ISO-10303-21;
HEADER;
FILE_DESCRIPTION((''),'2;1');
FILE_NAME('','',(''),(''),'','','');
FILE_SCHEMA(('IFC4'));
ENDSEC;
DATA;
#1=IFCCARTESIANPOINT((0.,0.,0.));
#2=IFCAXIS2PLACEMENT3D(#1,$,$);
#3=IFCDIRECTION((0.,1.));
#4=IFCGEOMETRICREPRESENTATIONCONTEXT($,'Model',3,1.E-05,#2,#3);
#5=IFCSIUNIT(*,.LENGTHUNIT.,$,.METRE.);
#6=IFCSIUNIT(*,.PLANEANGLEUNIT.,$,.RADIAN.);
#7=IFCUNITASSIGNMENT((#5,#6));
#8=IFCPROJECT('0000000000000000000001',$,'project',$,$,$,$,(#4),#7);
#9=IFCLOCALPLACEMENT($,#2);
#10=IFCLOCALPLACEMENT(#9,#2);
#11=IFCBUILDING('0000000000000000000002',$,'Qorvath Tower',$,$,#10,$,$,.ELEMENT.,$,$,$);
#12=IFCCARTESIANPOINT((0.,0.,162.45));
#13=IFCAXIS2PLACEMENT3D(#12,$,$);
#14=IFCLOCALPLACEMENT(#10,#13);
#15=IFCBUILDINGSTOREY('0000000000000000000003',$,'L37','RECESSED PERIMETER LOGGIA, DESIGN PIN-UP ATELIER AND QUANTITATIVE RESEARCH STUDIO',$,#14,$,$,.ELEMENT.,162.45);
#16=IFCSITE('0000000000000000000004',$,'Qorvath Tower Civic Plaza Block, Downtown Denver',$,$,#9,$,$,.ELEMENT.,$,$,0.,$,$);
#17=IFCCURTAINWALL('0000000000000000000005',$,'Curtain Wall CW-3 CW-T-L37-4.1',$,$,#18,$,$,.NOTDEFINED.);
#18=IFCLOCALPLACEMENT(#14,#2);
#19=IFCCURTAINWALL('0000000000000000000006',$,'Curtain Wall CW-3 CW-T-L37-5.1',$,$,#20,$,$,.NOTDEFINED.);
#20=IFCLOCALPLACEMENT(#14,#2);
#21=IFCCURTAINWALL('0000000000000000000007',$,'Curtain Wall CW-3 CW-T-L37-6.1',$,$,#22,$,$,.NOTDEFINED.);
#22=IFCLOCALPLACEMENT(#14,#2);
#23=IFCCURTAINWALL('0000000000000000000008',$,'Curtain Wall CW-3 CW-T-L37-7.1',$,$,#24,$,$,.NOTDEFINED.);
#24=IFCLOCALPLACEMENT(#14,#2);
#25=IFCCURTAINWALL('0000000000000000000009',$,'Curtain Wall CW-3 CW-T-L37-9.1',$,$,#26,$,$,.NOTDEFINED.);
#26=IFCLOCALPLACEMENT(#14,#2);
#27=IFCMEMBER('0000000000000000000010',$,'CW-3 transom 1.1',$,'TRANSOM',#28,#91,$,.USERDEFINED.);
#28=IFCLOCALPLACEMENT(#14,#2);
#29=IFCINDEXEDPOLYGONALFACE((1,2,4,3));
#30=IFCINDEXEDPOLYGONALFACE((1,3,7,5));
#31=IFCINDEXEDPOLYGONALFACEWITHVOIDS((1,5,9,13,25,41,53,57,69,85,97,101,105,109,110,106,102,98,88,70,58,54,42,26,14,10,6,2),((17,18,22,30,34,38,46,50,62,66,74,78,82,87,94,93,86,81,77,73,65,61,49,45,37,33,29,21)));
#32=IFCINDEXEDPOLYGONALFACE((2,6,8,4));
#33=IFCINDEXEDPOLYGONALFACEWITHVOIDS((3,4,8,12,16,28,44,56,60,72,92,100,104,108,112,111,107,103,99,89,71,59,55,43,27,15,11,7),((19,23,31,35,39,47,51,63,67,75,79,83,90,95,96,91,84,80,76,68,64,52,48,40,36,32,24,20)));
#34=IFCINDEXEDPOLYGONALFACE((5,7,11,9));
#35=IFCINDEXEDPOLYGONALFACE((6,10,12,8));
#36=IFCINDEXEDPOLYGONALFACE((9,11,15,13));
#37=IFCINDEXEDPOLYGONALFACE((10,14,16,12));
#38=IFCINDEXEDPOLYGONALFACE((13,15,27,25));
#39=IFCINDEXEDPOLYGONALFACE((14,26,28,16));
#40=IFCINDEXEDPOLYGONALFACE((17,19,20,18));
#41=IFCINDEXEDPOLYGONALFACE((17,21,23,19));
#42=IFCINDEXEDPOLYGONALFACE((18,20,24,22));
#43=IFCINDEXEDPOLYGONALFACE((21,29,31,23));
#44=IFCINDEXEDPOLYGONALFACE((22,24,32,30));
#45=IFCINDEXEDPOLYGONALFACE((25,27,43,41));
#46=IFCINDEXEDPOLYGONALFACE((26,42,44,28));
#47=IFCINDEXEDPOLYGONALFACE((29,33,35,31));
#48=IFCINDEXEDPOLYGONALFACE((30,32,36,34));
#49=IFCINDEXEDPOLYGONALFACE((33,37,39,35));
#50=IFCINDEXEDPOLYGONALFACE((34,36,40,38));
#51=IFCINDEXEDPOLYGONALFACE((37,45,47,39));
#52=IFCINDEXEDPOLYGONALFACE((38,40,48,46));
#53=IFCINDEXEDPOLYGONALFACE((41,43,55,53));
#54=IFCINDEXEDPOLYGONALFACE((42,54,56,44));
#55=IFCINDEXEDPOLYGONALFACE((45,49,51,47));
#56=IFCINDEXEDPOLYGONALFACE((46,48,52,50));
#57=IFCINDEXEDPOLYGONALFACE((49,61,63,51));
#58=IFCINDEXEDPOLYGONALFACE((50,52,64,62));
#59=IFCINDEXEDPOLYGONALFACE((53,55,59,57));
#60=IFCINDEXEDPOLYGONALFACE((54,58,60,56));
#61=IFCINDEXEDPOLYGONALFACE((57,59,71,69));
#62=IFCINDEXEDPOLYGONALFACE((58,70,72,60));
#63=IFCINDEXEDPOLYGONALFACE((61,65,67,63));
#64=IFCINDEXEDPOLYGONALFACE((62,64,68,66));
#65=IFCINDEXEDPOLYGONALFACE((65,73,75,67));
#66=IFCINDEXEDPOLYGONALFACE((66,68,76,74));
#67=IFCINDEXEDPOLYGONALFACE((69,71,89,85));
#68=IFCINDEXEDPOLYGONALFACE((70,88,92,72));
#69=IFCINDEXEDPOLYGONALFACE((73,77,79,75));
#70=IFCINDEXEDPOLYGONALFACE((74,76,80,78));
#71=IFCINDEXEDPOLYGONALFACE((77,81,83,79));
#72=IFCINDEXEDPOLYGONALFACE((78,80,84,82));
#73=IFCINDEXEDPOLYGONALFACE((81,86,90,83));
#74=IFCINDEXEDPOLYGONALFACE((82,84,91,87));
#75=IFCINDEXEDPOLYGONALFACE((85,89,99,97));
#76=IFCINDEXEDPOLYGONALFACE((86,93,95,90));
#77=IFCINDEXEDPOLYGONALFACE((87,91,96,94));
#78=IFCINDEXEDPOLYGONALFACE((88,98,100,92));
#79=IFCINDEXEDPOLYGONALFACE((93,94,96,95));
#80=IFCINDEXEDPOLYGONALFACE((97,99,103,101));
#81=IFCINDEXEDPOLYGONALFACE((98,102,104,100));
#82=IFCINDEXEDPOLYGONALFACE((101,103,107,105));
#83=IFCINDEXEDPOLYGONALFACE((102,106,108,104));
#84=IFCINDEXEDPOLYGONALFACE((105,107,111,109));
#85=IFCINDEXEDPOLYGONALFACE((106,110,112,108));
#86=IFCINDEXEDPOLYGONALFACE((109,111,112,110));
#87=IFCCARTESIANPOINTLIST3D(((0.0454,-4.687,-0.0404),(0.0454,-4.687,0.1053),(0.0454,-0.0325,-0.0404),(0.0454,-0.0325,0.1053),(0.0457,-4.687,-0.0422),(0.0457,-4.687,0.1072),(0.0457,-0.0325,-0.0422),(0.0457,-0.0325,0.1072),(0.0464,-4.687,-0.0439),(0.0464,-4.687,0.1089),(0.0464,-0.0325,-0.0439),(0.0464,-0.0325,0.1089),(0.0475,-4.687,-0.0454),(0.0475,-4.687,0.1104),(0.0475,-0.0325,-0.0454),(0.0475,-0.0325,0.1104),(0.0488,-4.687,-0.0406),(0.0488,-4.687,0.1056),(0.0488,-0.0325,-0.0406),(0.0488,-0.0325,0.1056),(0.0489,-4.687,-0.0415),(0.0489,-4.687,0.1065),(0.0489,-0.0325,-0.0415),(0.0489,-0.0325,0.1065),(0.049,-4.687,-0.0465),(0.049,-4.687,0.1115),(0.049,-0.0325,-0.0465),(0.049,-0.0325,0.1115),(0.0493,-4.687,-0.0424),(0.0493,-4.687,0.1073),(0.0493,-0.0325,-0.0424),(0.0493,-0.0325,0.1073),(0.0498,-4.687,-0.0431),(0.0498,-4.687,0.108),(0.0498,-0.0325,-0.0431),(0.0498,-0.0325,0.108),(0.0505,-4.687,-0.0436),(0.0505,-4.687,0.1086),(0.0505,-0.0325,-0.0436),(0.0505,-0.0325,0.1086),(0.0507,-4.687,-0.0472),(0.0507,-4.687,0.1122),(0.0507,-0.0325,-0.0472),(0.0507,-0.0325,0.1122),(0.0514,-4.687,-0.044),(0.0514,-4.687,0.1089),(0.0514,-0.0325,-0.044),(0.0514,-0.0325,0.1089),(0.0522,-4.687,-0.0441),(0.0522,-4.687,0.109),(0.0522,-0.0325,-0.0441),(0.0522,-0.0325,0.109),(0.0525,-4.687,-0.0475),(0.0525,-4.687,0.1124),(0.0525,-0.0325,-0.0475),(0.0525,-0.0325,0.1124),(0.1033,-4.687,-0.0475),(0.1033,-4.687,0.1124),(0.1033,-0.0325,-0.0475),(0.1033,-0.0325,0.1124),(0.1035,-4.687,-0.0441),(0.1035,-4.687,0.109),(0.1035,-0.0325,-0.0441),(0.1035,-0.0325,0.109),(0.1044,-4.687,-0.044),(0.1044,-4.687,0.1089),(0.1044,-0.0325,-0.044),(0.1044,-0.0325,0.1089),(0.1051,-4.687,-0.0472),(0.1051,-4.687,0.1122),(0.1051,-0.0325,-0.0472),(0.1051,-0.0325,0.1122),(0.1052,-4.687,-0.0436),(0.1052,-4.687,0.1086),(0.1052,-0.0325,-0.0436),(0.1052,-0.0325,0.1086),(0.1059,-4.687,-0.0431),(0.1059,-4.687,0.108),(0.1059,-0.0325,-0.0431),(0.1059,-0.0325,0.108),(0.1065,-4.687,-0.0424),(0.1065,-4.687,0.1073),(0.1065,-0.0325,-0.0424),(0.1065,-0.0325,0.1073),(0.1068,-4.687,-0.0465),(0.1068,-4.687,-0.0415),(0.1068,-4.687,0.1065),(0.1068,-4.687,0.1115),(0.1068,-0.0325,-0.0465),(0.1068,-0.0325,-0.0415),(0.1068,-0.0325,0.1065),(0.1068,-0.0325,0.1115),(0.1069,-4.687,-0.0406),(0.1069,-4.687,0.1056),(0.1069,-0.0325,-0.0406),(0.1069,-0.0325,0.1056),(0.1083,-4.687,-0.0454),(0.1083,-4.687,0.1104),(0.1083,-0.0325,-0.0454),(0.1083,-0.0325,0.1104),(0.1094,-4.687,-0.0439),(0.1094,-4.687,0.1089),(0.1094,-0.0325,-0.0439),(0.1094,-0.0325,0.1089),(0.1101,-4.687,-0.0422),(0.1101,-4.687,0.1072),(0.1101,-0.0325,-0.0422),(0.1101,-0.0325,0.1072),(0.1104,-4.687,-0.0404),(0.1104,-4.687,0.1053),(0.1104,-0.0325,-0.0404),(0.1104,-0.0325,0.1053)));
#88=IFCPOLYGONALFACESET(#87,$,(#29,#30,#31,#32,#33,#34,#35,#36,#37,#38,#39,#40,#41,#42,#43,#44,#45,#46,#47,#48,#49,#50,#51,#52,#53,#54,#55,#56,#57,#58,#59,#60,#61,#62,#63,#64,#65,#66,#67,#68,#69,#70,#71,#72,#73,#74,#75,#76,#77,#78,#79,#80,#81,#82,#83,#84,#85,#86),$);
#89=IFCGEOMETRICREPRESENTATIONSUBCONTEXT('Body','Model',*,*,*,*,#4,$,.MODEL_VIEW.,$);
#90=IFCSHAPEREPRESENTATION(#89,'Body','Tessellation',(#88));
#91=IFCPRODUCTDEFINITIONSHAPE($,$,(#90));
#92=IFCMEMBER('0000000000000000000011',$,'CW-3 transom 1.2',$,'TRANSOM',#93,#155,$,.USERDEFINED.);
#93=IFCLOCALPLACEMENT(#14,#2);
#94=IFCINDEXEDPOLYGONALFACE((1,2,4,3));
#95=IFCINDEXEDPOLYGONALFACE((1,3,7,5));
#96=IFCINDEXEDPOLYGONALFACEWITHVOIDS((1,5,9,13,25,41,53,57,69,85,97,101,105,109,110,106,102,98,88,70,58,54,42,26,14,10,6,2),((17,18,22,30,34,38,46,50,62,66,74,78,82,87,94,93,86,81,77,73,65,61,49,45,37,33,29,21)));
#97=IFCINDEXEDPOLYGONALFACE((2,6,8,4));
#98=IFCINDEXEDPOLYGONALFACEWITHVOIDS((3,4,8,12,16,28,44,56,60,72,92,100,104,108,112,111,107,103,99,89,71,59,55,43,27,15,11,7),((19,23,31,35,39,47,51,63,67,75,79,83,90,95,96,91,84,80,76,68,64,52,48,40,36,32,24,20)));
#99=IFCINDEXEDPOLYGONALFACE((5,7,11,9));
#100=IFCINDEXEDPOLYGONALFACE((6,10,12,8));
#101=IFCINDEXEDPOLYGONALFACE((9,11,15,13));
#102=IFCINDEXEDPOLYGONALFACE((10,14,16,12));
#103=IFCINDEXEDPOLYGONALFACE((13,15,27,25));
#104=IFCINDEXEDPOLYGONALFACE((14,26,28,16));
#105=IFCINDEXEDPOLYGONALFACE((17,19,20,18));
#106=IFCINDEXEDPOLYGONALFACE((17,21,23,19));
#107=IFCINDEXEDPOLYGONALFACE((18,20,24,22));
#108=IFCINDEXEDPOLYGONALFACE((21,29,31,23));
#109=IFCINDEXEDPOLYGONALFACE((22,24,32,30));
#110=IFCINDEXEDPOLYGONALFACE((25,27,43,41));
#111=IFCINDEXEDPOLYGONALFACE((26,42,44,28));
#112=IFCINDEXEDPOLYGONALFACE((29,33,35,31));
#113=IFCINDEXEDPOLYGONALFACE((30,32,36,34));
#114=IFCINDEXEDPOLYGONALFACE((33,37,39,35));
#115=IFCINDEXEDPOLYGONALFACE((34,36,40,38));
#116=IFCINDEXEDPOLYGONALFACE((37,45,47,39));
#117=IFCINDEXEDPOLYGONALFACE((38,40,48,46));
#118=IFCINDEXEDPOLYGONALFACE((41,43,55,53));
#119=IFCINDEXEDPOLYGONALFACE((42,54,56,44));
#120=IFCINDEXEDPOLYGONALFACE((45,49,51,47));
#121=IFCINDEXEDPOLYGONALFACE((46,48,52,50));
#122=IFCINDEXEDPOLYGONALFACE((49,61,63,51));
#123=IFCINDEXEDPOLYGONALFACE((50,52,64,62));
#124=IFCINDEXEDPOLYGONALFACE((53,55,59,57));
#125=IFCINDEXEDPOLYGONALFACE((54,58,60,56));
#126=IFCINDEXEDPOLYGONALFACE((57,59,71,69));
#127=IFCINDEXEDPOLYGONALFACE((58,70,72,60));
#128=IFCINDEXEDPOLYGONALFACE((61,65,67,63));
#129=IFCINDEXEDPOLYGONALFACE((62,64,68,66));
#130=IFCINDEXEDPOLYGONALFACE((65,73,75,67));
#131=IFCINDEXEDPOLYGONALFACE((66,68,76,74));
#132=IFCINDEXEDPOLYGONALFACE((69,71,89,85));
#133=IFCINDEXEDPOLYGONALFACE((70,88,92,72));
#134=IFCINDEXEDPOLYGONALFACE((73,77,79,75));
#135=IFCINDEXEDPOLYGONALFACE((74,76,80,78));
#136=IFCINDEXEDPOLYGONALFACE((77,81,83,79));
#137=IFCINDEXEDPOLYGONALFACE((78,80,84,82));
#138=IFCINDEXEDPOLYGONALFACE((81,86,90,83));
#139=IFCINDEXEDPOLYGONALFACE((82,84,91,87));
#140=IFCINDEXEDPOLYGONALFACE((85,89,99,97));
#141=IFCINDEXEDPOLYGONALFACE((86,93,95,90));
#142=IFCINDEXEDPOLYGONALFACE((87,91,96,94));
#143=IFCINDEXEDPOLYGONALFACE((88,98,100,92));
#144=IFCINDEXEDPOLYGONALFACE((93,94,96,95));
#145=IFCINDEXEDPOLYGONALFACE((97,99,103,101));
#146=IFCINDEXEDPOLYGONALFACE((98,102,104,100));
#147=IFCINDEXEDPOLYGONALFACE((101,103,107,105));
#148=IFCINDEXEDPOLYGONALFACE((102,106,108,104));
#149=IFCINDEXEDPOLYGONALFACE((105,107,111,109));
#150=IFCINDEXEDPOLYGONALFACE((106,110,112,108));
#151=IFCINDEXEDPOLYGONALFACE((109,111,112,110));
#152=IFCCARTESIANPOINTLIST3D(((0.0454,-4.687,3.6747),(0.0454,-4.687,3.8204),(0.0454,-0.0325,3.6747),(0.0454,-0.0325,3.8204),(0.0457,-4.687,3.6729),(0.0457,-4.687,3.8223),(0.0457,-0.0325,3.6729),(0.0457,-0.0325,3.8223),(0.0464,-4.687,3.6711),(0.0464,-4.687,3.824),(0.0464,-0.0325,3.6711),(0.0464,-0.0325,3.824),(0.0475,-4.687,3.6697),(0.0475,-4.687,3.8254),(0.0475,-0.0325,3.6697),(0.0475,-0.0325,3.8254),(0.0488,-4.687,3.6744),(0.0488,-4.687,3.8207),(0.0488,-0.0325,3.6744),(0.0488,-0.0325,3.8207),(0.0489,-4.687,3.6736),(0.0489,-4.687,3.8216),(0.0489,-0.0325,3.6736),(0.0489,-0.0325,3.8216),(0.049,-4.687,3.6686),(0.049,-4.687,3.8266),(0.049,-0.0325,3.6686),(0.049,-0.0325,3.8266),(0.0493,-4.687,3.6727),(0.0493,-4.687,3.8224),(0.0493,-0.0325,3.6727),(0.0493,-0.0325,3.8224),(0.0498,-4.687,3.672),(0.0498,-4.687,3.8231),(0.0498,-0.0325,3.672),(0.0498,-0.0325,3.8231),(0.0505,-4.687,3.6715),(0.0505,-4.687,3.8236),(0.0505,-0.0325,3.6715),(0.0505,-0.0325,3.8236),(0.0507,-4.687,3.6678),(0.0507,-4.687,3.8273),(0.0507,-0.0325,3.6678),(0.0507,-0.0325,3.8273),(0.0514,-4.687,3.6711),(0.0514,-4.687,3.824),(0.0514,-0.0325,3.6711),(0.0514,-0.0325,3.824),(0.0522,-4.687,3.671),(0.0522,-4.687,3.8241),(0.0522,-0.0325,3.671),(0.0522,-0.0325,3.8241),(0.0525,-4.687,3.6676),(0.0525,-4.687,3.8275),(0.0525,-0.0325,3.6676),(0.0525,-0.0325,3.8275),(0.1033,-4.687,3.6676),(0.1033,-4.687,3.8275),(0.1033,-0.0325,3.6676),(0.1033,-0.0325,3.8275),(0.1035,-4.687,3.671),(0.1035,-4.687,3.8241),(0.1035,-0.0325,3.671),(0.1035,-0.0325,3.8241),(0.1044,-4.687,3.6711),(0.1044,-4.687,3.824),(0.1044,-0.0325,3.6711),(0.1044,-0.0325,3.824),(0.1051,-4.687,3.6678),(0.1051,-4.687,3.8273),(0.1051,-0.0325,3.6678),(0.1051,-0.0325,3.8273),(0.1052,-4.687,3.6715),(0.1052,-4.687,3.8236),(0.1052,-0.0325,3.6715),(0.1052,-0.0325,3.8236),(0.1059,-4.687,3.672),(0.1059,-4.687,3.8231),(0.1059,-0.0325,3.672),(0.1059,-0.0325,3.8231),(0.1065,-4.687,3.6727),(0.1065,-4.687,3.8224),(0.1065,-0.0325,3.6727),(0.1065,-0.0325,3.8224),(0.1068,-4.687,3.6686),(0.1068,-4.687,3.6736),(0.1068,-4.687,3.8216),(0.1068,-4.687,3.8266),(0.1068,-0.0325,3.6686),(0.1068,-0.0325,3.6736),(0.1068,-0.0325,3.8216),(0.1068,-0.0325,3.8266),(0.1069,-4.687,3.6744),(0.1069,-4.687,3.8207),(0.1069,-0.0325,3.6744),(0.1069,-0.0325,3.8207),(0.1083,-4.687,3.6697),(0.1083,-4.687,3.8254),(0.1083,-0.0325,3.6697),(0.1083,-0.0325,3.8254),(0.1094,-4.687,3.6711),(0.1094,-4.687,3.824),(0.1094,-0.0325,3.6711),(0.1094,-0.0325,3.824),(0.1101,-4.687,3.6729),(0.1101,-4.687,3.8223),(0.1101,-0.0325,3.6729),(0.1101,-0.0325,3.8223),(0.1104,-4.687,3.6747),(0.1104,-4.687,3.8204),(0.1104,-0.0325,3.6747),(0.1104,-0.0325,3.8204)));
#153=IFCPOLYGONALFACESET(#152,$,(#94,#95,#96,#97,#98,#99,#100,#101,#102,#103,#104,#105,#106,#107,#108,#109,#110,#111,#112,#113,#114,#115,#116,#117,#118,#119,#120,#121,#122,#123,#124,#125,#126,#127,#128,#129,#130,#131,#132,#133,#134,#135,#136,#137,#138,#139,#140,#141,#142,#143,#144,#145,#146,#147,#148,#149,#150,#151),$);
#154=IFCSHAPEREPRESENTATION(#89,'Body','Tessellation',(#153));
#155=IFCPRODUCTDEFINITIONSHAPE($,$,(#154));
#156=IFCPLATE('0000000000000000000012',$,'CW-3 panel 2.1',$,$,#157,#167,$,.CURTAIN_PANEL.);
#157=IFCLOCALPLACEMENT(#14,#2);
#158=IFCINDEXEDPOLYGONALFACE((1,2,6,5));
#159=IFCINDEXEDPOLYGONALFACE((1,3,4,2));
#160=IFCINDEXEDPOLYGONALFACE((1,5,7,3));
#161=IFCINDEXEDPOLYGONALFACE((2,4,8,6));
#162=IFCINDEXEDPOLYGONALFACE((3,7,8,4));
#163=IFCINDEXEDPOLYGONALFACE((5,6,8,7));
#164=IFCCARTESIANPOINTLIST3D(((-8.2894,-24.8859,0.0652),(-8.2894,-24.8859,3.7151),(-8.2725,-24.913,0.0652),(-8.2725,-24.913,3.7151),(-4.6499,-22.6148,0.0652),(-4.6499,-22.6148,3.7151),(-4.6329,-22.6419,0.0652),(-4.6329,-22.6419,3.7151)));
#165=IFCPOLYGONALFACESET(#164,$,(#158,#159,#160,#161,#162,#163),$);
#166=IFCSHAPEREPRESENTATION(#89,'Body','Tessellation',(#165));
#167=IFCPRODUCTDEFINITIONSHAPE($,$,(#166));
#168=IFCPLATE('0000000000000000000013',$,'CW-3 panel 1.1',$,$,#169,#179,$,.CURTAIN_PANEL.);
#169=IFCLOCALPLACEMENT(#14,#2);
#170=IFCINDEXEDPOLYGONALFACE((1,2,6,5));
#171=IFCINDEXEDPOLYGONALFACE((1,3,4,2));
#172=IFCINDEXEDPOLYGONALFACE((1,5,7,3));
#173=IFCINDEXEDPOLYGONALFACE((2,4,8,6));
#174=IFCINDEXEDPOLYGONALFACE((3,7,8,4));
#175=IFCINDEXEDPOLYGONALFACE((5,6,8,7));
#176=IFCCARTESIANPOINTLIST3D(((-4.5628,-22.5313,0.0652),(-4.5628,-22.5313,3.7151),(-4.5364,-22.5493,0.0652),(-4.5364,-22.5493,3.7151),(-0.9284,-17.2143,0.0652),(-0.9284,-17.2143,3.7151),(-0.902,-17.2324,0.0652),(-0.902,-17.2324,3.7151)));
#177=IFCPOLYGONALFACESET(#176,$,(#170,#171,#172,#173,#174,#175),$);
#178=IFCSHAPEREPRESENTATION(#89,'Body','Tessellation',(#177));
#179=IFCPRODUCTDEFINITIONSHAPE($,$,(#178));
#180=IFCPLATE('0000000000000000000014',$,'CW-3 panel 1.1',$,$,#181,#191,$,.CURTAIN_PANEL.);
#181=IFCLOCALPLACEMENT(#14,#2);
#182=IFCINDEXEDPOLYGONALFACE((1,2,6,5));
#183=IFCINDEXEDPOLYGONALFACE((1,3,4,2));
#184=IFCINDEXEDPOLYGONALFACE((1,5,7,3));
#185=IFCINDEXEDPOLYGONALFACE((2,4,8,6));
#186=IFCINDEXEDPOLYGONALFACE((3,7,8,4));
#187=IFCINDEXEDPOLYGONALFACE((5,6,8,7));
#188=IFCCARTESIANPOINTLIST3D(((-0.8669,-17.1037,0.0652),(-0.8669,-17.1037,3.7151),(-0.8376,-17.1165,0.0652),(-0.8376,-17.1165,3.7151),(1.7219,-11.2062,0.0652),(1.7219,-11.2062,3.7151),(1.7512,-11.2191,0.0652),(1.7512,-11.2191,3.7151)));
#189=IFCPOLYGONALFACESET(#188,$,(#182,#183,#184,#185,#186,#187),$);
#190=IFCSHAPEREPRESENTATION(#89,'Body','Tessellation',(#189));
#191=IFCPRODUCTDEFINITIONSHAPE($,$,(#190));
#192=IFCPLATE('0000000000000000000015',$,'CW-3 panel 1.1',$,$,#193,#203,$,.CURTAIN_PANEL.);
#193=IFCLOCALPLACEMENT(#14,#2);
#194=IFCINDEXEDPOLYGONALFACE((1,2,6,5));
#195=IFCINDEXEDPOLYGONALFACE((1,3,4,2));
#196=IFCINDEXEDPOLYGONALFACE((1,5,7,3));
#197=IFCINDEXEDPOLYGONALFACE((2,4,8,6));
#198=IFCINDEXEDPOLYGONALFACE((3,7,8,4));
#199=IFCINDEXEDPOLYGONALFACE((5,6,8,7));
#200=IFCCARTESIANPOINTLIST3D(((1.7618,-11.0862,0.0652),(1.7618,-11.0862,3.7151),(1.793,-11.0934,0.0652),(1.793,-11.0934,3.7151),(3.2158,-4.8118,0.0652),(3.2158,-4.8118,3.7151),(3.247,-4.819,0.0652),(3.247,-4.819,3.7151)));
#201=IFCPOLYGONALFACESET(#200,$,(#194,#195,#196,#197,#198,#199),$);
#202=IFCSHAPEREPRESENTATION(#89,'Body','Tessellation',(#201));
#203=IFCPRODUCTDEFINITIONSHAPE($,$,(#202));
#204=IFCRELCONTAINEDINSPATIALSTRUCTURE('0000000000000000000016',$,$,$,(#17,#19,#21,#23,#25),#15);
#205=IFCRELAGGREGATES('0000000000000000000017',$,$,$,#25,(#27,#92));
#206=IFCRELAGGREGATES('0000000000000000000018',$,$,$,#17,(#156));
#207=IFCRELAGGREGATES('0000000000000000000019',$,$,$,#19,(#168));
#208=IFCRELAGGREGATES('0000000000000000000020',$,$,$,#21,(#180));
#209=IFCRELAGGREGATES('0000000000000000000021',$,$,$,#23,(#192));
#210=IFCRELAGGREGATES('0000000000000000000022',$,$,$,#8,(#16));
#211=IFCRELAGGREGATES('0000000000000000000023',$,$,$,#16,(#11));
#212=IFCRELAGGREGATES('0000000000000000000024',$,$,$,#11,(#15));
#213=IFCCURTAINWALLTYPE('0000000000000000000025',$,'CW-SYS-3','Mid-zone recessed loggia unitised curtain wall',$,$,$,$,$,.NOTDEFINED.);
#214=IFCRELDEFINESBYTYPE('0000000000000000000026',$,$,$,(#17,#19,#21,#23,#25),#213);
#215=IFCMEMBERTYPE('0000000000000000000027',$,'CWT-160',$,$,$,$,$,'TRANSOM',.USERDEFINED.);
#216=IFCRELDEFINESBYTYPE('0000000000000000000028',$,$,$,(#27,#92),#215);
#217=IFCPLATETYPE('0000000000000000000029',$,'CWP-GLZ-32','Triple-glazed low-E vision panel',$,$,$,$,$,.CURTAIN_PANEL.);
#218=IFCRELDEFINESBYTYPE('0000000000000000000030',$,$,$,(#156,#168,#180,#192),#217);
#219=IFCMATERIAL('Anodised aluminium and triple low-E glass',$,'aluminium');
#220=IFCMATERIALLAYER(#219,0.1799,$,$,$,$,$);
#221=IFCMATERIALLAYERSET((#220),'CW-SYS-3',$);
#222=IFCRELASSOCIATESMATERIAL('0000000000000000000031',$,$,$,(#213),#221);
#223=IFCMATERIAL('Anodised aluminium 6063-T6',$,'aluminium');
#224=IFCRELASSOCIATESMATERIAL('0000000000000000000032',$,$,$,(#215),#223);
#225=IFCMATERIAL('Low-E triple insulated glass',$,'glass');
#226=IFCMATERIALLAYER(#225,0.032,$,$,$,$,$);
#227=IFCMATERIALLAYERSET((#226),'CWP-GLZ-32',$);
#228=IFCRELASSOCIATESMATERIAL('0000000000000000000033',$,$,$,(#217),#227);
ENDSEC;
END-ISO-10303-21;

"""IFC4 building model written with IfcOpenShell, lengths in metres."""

from ifc_helpers import new_model, si_unit, direction, frame, origin, origin_2d, place, context, subcontext, project, spatial, rectangle, hollow_rectangle, extrude, material, layer, layer_set, material_profile, profile_set, type_object, element, aggregate, save


model = new_model("IFC4")

# Units and contexts
model_context = context("Model", 3, precision=1e-05, world=origin(), true_north=direction((0.0, 1.0)))
body_context = subcontext(model_context, "Body", "Model", "MODEL_VIEW")
ifc_project = project(units=[si_unit("LENGTHUNIT", "METRE"), si_unit("PLANEANGLEUNIT", "RADIAN")], contexts=[model_context])

# Site, building, storey
site_placement = place(None, origin())
site = spatial("IfcSite", under=ifc_project, at=site_placement, Name="Qorvath Tower Civic Plaza Block, Downtown Denver", CompositionType="ELEMENT", RefElevation=0.0)
building_placement = place(site_placement, origin())
building = spatial("IfcBuilding", under=site, at=building_placement, Name="Qorvath Tower", CompositionType="ELEMENT")
storey_placement = place(building_placement, frame((0.0, 0.0, 162.45)))
storey = spatial("IfcBuildingStorey", under=building, at=storey_placement, Name="L37", Description="RECESSED PERIMETER LOGGIA, DESIGN PIN-UP ATELIER AND QUANTITATIVE RESEARCH STUDIO", CompositionType="ELEMENT", Elevation=162.45)

# Curtain wall
ifc_material_1 = material(Name="Anodised aluminium and triple low-E glass", Category="aluminium")
ifc_layer_1 = layer(ifc_material_1, 0.1799)
ifc_layer_set_1 = layer_set([ifc_layer_1], Name="CW-SYS-3")
curtain_wall_type = type_object("IfcCurtainWallType", Name="CW-SYS-3", Description="Mid-zone recessed loggia unitised curtain wall", PredefinedType="NOTDEFINED", material=ifc_layer_set_1)
curtain_wall_1_placement = place(storey_placement, origin())
curtain_wall_1 = element("IfcCurtainWall", 1, at=curtain_wall_1_placement, inside=storey, type_object=curtain_wall_type, Name="Curtain Wall CW-3 CW-T-L37-4.1", PredefinedType="NOTDEFINED")

# Curtain walls
curtain_wall_2_placement = place(storey_placement, origin())
curtain_wall_2 = element("IfcCurtainWall", 2, at=curtain_wall_2_placement, inside=storey, type_object=curtain_wall_type, Name="Curtain Wall CW-3 CW-T-L37-5.1", PredefinedType="NOTDEFINED")
curtain_wall_3_placement = place(storey_placement, origin())
curtain_wall_3 = element("IfcCurtainWall", 3, at=curtain_wall_3_placement, inside=storey, type_object=curtain_wall_type, Name="Curtain Wall CW-3 CW-T-L37-6.1", PredefinedType="NOTDEFINED")
curtain_wall_4_placement = place(storey_placement, origin())
curtain_wall_4 = element("IfcCurtainWall", 4, at=curtain_wall_4_placement, inside=storey, type_object=curtain_wall_type, Name="Curtain Wall CW-3 CW-T-L37-7.1", PredefinedType="NOTDEFINED")

# Curtain wall
curtain_wall_5_placement = place(storey_placement, origin())
curtain_wall_5 = element("IfcCurtainWall", 5, at=curtain_wall_5_placement, inside=storey, type_object=curtain_wall_type, Name="Curtain Wall CW-3 CW-T-L37-9.1", PredefinedType="NOTDEFINED")

# Members
ifc_material_2 = material(Name="Anodised aluminium 6063-T6", Category="aluminium")
ifc_material_profile_1 = material_profile(ifc_material_2, hollow_rectangle(XDim=0.0649, YDim=0.1599, WallThickness=0.0034, InnerFilletRadius=0.0034, OuterFilletRadius=0.0071, at=origin_2d()), Name="CWT 160x65")
ifc_profile_set_1 = profile_set([ifc_material_profile_1], Name="Anodised aluminium 6063-T6")
member_type_1 = type_object("IfcMemberType", Name="CWT-160", ElementType="TRANSOM", PredefinedType="USERDEFINED", material=ifc_profile_set_1)
member_1_placement = place(storey_placement, frame((0.0779, -4.687, 0.0325), z_axis=(0.0, 1.0, 0.0), x_axis=(-1.0, 0.0, 0.0)))
member_1 = element("IfcMember", 6, at=member_1_placement, type_object=member_type_1, Name="CW-3 transom 1.1", ObjectType="TRANSOM", PredefinedType="USERDEFINED", context=body_context, shape_type="SweptSolid", body=[
    extrude(hollow_rectangle(XDim=0.0649, YDim=0.1599, WallThickness=0.0034, InnerFilletRadius=0.0034, OuterFilletRadius=0.0071, at=origin_2d()), origin(), (0.0, 0.0, 1.0), 4.6545),
])
member_2_placement = place(storey_placement, frame((0.0779, -4.687, 3.7476), z_axis=(0.0, 1.0, 0.0), x_axis=(-1.0, 0.0, 0.0)))
member_2 = element("IfcMember", 7, at=member_2_placement, type_object=member_type_1, Name="CW-3 transom 1.2", ObjectType="TRANSOM", PredefinedType="USERDEFINED", context=body_context, shape_type="SweptSolid", body=[
    extrude(hollow_rectangle(XDim=0.0649, YDim=0.1599, WallThickness=0.0034, InnerFilletRadius=0.0034, OuterFilletRadius=0.0071, at=origin_2d()), origin(), (0.0, 0.0, 1.0), 4.6545),
])
aggregate(curtain_wall_5, [member_1, member_2])

# Plates
ifc_material_3 = material(Name="Low-E triple insulated glass", Category="glass")
ifc_layer_2 = layer(ifc_material_3, 0.032)
ifc_layer_set_2 = layer_set([ifc_layer_2], Name="CWP-GLZ-32")
plate_type = type_object("IfcPlateType", Name="CWP-GLZ-32", Description="Triple-glazed low-E vision panel", PredefinedType="CURTAIN_PANEL", material=ifc_layer_set_2)
plate_1_placement = place(storey_placement, frame((-6.4612, -23.7639, 0.0652), z_axis=(0.0, 0.0, 1.0), x_axis=(0.848382, 0.529384, 0.0)))
plate_1 = element("IfcPlate", 8, at=plate_1_placement, type_object=plate_type, Name="CW-3 panel 2.1", PredefinedType="CURTAIN_PANEL", context=body_context, shape_type="SweptSolid", body=[
    extrude(rectangle(XDim=4.29, YDim=0.032, at=origin_2d()), origin(), (0.0, 0.0, 1.0), 3.6499),
])
aggregate(curtain_wall_1, [plate_1])
plate_2_placement = place(storey_placement, frame((-2.7324, -19.8818, 0.0652), z_axis=(0.0, 0.0, 1.0), x_axis=(0.564314, 0.82556, 0.0)))
plate_2 = element("IfcPlate", 9, at=plate_2_placement, type_object=plate_type, Name="CW-3 panel 1.1", PredefinedType="CURTAIN_PANEL", context=body_context, shape_type="SweptSolid", body=[
    extrude(rectangle(XDim=6.4404, YDim=0.032, at=origin_2d()), origin(), (0.0, 0.0, 1.0), 3.6499),
])
aggregate(curtain_wall_2, [plate_2])
plate_3_placement = place(storey_placement, frame((0.4421, -14.1614, 0.0652), z_axis=(0.0, 0.0, 1.0), x_axis=(0.401947, 0.915663, 0.0)))
plate_3 = element("IfcPlate", 10, at=plate_3_placement, type_object=plate_type, Name="CW-3 panel 1.1", PredefinedType="CURTAIN_PANEL", context=body_context, shape_type="SweptSolid", body=[
    extrude(rectangle(XDim=6.4407, YDim=0.032, at=origin_2d()), origin(), (0.0, 0.0, 1.0), 3.6499),
])
aggregate(curtain_wall_3, [plate_3])
plate_4_placement = place(storey_placement, frame((2.5044, -7.9526, 0.0652), z_axis=(0.0, 0.0, 1.0), x_axis=(0.225759, 0.974183, 0.0)))
plate_4 = element("IfcPlate", 11, at=plate_4_placement, type_object=plate_type, Name="CW-3 panel 1.1", PredefinedType="CURTAIN_PANEL", context=body_context, shape_type="SweptSolid", body=[
    extrude(rectangle(XDim=6.4407, YDim=0.032, at=origin_2d()), origin(), (0.0, 0.0, 1.0), 3.6499),
])
aggregate(curtain_wall_4, [plate_4])

save(model, "model.ifc")
